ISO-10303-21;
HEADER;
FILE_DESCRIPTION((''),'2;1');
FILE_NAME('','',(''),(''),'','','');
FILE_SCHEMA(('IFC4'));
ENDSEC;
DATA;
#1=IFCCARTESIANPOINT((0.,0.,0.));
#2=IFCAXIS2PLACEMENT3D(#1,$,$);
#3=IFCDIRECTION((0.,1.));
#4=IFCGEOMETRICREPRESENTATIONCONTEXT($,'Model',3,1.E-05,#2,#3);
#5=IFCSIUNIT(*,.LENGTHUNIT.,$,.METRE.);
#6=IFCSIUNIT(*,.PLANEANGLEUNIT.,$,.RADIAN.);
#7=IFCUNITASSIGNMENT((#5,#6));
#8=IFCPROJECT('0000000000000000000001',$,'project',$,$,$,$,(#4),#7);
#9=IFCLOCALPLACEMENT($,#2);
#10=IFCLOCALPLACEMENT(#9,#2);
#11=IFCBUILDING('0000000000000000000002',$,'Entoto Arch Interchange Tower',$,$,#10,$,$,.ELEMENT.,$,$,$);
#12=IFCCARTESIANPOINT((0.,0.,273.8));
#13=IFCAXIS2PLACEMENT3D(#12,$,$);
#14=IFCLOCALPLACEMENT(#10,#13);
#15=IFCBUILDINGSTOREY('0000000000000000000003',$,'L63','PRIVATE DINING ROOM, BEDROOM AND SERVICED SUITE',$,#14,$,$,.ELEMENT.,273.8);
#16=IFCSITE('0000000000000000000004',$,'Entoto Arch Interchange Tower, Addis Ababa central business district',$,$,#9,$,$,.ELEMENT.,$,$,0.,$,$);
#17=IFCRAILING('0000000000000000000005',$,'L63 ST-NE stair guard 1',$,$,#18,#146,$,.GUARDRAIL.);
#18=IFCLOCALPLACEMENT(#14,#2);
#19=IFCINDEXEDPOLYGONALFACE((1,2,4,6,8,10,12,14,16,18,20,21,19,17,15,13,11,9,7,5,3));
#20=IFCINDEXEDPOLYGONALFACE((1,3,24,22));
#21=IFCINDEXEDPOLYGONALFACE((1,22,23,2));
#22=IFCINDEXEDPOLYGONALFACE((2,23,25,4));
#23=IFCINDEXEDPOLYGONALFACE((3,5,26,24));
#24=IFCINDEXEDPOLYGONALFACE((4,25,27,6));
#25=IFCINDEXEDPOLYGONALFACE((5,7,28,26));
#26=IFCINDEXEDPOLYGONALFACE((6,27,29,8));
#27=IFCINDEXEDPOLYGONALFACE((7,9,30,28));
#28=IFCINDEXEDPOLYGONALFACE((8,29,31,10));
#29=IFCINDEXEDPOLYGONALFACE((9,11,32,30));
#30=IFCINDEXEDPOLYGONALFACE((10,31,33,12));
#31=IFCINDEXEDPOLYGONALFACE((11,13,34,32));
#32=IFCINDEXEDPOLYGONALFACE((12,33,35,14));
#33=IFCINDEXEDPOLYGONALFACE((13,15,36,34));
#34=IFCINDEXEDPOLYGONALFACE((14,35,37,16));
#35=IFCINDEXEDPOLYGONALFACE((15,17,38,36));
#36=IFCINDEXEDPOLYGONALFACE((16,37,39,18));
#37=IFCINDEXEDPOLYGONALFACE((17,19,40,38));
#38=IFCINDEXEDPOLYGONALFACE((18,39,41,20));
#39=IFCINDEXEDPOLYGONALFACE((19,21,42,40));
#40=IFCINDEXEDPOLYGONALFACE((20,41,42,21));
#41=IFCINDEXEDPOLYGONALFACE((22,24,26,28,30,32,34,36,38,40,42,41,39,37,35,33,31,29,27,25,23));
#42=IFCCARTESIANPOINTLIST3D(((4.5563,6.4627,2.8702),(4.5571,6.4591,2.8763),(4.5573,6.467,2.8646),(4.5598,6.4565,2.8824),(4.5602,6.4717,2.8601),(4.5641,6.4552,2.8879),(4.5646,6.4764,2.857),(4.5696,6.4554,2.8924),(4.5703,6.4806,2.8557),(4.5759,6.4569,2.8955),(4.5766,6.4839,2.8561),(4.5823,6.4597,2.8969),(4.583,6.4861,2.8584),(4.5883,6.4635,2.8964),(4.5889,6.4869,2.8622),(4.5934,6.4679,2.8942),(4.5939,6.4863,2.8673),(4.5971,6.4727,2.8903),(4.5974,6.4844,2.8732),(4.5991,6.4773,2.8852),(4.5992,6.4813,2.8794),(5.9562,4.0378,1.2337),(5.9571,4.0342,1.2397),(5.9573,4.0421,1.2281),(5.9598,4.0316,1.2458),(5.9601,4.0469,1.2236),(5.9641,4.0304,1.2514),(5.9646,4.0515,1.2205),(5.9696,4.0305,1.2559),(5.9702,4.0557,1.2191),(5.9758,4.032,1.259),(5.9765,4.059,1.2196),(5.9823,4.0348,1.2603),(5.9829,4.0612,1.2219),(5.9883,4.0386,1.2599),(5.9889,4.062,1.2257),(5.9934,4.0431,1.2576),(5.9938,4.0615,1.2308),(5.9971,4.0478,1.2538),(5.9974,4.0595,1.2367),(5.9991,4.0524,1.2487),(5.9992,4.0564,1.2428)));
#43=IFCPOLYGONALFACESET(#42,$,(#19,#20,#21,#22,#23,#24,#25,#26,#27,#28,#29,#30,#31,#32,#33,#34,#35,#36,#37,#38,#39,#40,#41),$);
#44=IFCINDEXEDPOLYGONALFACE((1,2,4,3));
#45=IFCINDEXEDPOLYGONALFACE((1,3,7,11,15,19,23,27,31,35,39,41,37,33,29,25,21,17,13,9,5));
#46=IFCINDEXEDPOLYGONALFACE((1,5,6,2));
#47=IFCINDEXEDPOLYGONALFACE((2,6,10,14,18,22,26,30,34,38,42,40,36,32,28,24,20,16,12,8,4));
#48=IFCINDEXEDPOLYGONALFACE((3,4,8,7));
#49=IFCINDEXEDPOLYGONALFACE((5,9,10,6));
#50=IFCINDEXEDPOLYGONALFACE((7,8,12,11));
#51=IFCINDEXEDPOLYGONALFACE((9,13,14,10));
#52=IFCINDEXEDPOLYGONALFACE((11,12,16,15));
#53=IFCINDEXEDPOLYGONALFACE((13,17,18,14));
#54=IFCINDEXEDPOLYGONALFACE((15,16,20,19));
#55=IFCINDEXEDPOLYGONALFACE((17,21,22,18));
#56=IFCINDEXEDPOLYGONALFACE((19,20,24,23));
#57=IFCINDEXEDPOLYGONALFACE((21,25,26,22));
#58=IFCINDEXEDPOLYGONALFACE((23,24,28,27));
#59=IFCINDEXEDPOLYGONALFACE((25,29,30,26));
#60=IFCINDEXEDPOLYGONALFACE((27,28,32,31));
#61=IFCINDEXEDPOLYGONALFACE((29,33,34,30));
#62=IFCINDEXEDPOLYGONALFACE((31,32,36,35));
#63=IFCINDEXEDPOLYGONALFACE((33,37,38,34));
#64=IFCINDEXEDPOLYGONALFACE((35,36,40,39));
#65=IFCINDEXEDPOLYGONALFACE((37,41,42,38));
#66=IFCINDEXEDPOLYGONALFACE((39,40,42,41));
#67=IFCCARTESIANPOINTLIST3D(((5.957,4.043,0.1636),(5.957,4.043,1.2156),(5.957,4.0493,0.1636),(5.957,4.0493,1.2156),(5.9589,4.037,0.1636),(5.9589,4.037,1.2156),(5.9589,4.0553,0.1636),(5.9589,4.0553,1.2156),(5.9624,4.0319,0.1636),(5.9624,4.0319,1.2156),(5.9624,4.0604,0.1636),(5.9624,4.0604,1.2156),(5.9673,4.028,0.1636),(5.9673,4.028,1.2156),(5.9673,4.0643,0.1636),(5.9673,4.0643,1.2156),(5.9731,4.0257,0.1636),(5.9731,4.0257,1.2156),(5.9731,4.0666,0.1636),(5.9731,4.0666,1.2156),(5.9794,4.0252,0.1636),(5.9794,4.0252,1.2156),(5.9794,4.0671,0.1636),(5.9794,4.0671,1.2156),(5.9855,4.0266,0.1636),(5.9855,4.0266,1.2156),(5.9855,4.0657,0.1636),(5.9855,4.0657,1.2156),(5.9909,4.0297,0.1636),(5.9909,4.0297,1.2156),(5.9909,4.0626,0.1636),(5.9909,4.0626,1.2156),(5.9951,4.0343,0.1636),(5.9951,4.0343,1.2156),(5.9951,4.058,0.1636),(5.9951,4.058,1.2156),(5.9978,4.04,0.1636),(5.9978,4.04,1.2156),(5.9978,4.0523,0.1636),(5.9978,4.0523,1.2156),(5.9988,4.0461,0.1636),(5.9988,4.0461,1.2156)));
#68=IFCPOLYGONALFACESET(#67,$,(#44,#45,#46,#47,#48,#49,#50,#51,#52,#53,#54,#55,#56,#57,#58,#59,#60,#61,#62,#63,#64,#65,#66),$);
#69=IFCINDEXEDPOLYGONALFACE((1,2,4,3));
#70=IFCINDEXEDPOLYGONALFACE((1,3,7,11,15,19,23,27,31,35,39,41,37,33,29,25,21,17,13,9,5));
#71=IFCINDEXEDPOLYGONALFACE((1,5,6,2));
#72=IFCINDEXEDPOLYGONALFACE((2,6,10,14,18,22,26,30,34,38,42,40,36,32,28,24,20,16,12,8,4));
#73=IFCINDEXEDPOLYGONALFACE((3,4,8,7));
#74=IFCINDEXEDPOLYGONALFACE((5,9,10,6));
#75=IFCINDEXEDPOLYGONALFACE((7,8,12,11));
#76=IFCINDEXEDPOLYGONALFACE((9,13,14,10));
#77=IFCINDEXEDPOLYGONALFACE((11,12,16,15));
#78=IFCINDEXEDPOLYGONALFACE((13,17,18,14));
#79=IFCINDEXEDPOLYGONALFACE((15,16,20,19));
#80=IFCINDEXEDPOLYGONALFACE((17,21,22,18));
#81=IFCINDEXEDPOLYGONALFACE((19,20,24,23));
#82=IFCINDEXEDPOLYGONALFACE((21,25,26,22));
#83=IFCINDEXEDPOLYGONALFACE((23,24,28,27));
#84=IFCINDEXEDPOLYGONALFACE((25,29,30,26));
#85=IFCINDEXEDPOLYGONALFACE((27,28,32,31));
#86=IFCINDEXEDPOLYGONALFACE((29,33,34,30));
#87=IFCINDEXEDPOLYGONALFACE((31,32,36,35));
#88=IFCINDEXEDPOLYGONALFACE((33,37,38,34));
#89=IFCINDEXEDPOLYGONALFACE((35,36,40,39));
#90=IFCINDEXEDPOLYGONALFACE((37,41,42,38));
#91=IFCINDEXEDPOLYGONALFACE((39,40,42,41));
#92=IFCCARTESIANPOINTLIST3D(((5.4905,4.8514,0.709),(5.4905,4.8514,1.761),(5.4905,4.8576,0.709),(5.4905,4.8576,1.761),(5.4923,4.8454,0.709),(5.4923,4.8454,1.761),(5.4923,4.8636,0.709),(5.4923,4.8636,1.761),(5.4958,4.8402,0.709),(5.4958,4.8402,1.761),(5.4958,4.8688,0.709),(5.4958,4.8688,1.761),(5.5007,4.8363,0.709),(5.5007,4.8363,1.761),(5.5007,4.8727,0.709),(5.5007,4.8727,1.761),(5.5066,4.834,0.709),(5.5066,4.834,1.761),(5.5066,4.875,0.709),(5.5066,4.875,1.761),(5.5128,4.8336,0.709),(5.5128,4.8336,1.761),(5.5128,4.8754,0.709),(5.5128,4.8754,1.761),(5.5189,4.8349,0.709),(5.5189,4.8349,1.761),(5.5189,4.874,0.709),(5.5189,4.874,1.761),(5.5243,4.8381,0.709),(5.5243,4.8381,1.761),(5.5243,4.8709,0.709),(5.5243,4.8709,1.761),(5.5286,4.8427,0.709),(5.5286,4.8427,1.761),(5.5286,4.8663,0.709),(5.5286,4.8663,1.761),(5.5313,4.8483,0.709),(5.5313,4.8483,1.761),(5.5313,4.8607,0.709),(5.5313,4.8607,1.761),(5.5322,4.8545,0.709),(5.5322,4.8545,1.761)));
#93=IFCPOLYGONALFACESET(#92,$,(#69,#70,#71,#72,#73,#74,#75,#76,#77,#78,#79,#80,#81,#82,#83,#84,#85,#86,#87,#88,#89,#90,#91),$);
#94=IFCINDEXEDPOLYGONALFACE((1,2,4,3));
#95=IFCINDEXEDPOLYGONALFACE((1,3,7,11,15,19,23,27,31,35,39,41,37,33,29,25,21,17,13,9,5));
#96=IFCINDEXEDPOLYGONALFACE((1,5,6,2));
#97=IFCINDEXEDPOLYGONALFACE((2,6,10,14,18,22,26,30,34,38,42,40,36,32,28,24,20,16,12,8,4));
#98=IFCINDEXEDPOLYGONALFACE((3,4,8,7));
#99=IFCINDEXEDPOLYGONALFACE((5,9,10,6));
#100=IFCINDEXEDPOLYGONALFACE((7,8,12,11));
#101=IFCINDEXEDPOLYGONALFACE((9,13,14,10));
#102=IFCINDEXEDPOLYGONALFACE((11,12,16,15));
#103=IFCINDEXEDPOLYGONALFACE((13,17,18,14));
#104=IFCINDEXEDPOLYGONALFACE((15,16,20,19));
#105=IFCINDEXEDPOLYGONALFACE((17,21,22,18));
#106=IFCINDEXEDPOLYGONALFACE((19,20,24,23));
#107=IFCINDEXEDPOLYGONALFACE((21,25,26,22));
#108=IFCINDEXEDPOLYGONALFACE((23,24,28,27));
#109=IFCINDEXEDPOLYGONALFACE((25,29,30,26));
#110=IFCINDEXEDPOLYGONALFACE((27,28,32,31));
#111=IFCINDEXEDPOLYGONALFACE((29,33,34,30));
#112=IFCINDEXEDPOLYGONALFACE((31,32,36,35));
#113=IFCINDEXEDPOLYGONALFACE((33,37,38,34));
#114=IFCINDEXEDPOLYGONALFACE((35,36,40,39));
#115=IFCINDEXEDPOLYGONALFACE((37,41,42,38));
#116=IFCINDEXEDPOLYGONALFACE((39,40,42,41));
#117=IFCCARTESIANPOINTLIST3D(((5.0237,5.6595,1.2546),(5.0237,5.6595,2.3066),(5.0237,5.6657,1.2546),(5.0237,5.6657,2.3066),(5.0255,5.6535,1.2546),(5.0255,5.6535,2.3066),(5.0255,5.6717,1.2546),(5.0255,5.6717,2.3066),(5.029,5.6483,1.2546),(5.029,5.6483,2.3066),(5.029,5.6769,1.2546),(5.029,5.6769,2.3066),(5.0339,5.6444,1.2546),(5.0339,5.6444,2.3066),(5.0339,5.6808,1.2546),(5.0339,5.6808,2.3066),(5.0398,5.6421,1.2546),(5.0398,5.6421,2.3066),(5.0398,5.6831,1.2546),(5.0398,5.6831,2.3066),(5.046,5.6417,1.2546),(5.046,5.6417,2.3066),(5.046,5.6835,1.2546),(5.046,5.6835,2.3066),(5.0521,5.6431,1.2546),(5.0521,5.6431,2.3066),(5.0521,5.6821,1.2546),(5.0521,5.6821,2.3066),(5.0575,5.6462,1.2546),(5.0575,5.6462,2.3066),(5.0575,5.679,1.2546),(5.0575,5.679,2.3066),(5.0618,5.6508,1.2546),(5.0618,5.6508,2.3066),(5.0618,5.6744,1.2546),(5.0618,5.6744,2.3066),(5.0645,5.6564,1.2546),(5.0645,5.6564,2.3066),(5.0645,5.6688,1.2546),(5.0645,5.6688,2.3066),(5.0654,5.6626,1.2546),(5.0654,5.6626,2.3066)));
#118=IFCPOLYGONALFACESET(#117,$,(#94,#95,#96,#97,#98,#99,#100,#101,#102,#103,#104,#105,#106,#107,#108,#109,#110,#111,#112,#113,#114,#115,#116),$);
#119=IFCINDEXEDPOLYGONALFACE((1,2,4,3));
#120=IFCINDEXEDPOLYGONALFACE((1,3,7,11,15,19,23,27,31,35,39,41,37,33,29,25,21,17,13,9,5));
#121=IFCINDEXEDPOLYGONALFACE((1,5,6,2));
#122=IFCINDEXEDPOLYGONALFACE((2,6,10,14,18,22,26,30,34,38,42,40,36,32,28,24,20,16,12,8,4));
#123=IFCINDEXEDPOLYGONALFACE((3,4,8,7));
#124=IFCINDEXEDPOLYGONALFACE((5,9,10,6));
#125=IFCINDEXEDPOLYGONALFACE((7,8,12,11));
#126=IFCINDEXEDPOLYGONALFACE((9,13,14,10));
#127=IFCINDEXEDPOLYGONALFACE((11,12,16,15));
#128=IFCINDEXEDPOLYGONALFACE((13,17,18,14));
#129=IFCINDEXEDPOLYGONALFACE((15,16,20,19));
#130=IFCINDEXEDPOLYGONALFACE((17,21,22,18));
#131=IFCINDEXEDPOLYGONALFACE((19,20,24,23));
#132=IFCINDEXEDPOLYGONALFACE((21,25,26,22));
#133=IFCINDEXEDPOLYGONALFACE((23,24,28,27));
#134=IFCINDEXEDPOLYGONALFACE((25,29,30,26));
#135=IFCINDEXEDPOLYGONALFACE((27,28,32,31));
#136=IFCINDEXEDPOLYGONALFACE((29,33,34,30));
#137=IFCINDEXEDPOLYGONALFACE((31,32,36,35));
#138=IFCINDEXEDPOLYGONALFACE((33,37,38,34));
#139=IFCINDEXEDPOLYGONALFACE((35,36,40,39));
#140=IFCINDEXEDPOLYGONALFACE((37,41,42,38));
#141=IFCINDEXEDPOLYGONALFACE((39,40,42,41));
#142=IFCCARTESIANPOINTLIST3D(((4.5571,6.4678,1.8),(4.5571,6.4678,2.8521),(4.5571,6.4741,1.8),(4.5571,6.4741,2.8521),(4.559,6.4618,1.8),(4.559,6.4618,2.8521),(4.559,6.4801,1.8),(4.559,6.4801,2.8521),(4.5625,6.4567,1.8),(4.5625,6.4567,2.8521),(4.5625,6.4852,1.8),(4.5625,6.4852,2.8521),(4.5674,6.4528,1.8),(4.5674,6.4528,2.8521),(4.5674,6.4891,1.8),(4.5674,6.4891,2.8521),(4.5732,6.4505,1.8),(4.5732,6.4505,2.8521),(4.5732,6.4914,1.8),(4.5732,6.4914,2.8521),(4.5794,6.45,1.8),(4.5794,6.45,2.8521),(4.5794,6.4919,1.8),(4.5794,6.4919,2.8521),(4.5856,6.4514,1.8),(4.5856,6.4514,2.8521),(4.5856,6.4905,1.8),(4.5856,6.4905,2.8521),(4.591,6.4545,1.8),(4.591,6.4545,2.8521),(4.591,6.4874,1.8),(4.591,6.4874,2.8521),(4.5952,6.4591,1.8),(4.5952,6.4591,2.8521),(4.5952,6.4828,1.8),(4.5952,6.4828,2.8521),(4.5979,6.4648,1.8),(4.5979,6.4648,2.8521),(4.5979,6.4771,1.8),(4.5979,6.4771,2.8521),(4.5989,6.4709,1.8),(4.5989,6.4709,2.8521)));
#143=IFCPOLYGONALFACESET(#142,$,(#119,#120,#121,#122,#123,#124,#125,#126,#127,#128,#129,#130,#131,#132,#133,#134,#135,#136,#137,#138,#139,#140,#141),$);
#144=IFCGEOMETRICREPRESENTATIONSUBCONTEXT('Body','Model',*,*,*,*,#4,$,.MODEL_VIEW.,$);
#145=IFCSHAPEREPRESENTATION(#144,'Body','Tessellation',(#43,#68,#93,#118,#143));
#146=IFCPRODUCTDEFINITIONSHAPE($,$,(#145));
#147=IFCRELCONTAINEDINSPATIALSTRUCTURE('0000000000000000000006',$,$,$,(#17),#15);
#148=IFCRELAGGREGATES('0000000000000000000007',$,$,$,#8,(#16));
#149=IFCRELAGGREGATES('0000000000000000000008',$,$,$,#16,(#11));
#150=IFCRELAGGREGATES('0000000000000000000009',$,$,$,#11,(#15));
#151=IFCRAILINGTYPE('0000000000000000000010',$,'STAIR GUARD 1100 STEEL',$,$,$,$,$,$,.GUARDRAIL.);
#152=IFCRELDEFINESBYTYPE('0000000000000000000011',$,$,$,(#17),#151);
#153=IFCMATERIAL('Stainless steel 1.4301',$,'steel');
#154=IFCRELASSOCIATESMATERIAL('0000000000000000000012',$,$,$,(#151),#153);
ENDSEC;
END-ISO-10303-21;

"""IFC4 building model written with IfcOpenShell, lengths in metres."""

from ifc_helpers import new_model, si_unit, direction, frame, origin, origin_2d, place, context, subcontext, project, spatial, circle, extrude, material, type_object, element, save


model = new_model("IFC4")

# Units and contexts
model_context = context("Model", 3, precision=1e-05, world=origin(), true_north=direction((0.0, 1.0)))
body_context = subcontext(model_context, "Body", "Model", "MODEL_VIEW")
ifc_project = project(units=[si_unit("LENGTHUNIT", "METRE"), si_unit("PLANEANGLEUNIT", "RADIAN")], contexts=[model_context])

# Site, building, storey
site_placement = place(None, origin())
site = spatial("IfcSite", under=ifc_project, at=site_placement, Name="Entoto Arch Interchange Tower, Addis Ababa central business district", CompositionType="ELEMENT", RefElevation=0.0)
building_placement = place(site_placement, origin())
building = spatial("IfcBuilding", under=site, at=building_placement, Name="Entoto Arch Interchange Tower", CompositionType="ELEMENT")
storey_placement = place(building_placement, frame((0.0, 0.0, 273.8)))
storey = spatial("IfcBuildingStorey", under=building, at=storey_placement, Name="L63", Description="PRIVATE DINING ROOM, BEDROOM AND SERVICED SUITE", CompositionType="ELEMENT", Elevation=273.8)

# Shared definitions
ifc_material_1 = material(Name="Stainless steel 1.4301", Category="steel")

# Railing
railing_type_1 = type_object("IfcRailingType", Name="STAIR GUARD 1100 STEEL", PredefinedType="GUARDRAIL", material=ifc_material_1)
railing_1_placement = place(storey_placement, frame((5.9778, 4.0461, 0.1636)))
element("IfcRailing", 1, at=railing_1_placement, inside=storey, type_object=railing_type_1, Name="L63 ST-NE stair guard 1", PredefinedType="GUARDRAIL", context=body_context, shape_type="SweptSolid", body=[
    extrude(circle(Radius=0.0239, at=origin_2d()), frame((0.0, 0.0, 1.0762), z_axis=(-0.431661, 0.74769, 0.504608), x_axis=(-0.866035, -0.499984, 0.0)), (0.0, 0.0, 1.0), 3.2432),
    extrude(circle(Radius=0.021, at=origin_2d()), origin(), (0.0, 0.0, 1.0), 1.052),
    extrude(circle(Radius=0.021, at=origin_2d()), frame((-0.4666, 0.8083, 0.5454)), (0.0, 0.0, 1.0), 1.052),
    extrude(circle(Radius=0.021, at=origin_2d()), frame((-0.9333, 1.6165, 1.0911)), (0.0, 0.0, 1.0), 1.052),
    extrude(circle(Radius=0.021, at=origin_2d()), frame((-1.3999, 2.4248, 1.6365)), (0.0, 0.0, 1.0), 1.052),
])

save(model, "model.ifc")
